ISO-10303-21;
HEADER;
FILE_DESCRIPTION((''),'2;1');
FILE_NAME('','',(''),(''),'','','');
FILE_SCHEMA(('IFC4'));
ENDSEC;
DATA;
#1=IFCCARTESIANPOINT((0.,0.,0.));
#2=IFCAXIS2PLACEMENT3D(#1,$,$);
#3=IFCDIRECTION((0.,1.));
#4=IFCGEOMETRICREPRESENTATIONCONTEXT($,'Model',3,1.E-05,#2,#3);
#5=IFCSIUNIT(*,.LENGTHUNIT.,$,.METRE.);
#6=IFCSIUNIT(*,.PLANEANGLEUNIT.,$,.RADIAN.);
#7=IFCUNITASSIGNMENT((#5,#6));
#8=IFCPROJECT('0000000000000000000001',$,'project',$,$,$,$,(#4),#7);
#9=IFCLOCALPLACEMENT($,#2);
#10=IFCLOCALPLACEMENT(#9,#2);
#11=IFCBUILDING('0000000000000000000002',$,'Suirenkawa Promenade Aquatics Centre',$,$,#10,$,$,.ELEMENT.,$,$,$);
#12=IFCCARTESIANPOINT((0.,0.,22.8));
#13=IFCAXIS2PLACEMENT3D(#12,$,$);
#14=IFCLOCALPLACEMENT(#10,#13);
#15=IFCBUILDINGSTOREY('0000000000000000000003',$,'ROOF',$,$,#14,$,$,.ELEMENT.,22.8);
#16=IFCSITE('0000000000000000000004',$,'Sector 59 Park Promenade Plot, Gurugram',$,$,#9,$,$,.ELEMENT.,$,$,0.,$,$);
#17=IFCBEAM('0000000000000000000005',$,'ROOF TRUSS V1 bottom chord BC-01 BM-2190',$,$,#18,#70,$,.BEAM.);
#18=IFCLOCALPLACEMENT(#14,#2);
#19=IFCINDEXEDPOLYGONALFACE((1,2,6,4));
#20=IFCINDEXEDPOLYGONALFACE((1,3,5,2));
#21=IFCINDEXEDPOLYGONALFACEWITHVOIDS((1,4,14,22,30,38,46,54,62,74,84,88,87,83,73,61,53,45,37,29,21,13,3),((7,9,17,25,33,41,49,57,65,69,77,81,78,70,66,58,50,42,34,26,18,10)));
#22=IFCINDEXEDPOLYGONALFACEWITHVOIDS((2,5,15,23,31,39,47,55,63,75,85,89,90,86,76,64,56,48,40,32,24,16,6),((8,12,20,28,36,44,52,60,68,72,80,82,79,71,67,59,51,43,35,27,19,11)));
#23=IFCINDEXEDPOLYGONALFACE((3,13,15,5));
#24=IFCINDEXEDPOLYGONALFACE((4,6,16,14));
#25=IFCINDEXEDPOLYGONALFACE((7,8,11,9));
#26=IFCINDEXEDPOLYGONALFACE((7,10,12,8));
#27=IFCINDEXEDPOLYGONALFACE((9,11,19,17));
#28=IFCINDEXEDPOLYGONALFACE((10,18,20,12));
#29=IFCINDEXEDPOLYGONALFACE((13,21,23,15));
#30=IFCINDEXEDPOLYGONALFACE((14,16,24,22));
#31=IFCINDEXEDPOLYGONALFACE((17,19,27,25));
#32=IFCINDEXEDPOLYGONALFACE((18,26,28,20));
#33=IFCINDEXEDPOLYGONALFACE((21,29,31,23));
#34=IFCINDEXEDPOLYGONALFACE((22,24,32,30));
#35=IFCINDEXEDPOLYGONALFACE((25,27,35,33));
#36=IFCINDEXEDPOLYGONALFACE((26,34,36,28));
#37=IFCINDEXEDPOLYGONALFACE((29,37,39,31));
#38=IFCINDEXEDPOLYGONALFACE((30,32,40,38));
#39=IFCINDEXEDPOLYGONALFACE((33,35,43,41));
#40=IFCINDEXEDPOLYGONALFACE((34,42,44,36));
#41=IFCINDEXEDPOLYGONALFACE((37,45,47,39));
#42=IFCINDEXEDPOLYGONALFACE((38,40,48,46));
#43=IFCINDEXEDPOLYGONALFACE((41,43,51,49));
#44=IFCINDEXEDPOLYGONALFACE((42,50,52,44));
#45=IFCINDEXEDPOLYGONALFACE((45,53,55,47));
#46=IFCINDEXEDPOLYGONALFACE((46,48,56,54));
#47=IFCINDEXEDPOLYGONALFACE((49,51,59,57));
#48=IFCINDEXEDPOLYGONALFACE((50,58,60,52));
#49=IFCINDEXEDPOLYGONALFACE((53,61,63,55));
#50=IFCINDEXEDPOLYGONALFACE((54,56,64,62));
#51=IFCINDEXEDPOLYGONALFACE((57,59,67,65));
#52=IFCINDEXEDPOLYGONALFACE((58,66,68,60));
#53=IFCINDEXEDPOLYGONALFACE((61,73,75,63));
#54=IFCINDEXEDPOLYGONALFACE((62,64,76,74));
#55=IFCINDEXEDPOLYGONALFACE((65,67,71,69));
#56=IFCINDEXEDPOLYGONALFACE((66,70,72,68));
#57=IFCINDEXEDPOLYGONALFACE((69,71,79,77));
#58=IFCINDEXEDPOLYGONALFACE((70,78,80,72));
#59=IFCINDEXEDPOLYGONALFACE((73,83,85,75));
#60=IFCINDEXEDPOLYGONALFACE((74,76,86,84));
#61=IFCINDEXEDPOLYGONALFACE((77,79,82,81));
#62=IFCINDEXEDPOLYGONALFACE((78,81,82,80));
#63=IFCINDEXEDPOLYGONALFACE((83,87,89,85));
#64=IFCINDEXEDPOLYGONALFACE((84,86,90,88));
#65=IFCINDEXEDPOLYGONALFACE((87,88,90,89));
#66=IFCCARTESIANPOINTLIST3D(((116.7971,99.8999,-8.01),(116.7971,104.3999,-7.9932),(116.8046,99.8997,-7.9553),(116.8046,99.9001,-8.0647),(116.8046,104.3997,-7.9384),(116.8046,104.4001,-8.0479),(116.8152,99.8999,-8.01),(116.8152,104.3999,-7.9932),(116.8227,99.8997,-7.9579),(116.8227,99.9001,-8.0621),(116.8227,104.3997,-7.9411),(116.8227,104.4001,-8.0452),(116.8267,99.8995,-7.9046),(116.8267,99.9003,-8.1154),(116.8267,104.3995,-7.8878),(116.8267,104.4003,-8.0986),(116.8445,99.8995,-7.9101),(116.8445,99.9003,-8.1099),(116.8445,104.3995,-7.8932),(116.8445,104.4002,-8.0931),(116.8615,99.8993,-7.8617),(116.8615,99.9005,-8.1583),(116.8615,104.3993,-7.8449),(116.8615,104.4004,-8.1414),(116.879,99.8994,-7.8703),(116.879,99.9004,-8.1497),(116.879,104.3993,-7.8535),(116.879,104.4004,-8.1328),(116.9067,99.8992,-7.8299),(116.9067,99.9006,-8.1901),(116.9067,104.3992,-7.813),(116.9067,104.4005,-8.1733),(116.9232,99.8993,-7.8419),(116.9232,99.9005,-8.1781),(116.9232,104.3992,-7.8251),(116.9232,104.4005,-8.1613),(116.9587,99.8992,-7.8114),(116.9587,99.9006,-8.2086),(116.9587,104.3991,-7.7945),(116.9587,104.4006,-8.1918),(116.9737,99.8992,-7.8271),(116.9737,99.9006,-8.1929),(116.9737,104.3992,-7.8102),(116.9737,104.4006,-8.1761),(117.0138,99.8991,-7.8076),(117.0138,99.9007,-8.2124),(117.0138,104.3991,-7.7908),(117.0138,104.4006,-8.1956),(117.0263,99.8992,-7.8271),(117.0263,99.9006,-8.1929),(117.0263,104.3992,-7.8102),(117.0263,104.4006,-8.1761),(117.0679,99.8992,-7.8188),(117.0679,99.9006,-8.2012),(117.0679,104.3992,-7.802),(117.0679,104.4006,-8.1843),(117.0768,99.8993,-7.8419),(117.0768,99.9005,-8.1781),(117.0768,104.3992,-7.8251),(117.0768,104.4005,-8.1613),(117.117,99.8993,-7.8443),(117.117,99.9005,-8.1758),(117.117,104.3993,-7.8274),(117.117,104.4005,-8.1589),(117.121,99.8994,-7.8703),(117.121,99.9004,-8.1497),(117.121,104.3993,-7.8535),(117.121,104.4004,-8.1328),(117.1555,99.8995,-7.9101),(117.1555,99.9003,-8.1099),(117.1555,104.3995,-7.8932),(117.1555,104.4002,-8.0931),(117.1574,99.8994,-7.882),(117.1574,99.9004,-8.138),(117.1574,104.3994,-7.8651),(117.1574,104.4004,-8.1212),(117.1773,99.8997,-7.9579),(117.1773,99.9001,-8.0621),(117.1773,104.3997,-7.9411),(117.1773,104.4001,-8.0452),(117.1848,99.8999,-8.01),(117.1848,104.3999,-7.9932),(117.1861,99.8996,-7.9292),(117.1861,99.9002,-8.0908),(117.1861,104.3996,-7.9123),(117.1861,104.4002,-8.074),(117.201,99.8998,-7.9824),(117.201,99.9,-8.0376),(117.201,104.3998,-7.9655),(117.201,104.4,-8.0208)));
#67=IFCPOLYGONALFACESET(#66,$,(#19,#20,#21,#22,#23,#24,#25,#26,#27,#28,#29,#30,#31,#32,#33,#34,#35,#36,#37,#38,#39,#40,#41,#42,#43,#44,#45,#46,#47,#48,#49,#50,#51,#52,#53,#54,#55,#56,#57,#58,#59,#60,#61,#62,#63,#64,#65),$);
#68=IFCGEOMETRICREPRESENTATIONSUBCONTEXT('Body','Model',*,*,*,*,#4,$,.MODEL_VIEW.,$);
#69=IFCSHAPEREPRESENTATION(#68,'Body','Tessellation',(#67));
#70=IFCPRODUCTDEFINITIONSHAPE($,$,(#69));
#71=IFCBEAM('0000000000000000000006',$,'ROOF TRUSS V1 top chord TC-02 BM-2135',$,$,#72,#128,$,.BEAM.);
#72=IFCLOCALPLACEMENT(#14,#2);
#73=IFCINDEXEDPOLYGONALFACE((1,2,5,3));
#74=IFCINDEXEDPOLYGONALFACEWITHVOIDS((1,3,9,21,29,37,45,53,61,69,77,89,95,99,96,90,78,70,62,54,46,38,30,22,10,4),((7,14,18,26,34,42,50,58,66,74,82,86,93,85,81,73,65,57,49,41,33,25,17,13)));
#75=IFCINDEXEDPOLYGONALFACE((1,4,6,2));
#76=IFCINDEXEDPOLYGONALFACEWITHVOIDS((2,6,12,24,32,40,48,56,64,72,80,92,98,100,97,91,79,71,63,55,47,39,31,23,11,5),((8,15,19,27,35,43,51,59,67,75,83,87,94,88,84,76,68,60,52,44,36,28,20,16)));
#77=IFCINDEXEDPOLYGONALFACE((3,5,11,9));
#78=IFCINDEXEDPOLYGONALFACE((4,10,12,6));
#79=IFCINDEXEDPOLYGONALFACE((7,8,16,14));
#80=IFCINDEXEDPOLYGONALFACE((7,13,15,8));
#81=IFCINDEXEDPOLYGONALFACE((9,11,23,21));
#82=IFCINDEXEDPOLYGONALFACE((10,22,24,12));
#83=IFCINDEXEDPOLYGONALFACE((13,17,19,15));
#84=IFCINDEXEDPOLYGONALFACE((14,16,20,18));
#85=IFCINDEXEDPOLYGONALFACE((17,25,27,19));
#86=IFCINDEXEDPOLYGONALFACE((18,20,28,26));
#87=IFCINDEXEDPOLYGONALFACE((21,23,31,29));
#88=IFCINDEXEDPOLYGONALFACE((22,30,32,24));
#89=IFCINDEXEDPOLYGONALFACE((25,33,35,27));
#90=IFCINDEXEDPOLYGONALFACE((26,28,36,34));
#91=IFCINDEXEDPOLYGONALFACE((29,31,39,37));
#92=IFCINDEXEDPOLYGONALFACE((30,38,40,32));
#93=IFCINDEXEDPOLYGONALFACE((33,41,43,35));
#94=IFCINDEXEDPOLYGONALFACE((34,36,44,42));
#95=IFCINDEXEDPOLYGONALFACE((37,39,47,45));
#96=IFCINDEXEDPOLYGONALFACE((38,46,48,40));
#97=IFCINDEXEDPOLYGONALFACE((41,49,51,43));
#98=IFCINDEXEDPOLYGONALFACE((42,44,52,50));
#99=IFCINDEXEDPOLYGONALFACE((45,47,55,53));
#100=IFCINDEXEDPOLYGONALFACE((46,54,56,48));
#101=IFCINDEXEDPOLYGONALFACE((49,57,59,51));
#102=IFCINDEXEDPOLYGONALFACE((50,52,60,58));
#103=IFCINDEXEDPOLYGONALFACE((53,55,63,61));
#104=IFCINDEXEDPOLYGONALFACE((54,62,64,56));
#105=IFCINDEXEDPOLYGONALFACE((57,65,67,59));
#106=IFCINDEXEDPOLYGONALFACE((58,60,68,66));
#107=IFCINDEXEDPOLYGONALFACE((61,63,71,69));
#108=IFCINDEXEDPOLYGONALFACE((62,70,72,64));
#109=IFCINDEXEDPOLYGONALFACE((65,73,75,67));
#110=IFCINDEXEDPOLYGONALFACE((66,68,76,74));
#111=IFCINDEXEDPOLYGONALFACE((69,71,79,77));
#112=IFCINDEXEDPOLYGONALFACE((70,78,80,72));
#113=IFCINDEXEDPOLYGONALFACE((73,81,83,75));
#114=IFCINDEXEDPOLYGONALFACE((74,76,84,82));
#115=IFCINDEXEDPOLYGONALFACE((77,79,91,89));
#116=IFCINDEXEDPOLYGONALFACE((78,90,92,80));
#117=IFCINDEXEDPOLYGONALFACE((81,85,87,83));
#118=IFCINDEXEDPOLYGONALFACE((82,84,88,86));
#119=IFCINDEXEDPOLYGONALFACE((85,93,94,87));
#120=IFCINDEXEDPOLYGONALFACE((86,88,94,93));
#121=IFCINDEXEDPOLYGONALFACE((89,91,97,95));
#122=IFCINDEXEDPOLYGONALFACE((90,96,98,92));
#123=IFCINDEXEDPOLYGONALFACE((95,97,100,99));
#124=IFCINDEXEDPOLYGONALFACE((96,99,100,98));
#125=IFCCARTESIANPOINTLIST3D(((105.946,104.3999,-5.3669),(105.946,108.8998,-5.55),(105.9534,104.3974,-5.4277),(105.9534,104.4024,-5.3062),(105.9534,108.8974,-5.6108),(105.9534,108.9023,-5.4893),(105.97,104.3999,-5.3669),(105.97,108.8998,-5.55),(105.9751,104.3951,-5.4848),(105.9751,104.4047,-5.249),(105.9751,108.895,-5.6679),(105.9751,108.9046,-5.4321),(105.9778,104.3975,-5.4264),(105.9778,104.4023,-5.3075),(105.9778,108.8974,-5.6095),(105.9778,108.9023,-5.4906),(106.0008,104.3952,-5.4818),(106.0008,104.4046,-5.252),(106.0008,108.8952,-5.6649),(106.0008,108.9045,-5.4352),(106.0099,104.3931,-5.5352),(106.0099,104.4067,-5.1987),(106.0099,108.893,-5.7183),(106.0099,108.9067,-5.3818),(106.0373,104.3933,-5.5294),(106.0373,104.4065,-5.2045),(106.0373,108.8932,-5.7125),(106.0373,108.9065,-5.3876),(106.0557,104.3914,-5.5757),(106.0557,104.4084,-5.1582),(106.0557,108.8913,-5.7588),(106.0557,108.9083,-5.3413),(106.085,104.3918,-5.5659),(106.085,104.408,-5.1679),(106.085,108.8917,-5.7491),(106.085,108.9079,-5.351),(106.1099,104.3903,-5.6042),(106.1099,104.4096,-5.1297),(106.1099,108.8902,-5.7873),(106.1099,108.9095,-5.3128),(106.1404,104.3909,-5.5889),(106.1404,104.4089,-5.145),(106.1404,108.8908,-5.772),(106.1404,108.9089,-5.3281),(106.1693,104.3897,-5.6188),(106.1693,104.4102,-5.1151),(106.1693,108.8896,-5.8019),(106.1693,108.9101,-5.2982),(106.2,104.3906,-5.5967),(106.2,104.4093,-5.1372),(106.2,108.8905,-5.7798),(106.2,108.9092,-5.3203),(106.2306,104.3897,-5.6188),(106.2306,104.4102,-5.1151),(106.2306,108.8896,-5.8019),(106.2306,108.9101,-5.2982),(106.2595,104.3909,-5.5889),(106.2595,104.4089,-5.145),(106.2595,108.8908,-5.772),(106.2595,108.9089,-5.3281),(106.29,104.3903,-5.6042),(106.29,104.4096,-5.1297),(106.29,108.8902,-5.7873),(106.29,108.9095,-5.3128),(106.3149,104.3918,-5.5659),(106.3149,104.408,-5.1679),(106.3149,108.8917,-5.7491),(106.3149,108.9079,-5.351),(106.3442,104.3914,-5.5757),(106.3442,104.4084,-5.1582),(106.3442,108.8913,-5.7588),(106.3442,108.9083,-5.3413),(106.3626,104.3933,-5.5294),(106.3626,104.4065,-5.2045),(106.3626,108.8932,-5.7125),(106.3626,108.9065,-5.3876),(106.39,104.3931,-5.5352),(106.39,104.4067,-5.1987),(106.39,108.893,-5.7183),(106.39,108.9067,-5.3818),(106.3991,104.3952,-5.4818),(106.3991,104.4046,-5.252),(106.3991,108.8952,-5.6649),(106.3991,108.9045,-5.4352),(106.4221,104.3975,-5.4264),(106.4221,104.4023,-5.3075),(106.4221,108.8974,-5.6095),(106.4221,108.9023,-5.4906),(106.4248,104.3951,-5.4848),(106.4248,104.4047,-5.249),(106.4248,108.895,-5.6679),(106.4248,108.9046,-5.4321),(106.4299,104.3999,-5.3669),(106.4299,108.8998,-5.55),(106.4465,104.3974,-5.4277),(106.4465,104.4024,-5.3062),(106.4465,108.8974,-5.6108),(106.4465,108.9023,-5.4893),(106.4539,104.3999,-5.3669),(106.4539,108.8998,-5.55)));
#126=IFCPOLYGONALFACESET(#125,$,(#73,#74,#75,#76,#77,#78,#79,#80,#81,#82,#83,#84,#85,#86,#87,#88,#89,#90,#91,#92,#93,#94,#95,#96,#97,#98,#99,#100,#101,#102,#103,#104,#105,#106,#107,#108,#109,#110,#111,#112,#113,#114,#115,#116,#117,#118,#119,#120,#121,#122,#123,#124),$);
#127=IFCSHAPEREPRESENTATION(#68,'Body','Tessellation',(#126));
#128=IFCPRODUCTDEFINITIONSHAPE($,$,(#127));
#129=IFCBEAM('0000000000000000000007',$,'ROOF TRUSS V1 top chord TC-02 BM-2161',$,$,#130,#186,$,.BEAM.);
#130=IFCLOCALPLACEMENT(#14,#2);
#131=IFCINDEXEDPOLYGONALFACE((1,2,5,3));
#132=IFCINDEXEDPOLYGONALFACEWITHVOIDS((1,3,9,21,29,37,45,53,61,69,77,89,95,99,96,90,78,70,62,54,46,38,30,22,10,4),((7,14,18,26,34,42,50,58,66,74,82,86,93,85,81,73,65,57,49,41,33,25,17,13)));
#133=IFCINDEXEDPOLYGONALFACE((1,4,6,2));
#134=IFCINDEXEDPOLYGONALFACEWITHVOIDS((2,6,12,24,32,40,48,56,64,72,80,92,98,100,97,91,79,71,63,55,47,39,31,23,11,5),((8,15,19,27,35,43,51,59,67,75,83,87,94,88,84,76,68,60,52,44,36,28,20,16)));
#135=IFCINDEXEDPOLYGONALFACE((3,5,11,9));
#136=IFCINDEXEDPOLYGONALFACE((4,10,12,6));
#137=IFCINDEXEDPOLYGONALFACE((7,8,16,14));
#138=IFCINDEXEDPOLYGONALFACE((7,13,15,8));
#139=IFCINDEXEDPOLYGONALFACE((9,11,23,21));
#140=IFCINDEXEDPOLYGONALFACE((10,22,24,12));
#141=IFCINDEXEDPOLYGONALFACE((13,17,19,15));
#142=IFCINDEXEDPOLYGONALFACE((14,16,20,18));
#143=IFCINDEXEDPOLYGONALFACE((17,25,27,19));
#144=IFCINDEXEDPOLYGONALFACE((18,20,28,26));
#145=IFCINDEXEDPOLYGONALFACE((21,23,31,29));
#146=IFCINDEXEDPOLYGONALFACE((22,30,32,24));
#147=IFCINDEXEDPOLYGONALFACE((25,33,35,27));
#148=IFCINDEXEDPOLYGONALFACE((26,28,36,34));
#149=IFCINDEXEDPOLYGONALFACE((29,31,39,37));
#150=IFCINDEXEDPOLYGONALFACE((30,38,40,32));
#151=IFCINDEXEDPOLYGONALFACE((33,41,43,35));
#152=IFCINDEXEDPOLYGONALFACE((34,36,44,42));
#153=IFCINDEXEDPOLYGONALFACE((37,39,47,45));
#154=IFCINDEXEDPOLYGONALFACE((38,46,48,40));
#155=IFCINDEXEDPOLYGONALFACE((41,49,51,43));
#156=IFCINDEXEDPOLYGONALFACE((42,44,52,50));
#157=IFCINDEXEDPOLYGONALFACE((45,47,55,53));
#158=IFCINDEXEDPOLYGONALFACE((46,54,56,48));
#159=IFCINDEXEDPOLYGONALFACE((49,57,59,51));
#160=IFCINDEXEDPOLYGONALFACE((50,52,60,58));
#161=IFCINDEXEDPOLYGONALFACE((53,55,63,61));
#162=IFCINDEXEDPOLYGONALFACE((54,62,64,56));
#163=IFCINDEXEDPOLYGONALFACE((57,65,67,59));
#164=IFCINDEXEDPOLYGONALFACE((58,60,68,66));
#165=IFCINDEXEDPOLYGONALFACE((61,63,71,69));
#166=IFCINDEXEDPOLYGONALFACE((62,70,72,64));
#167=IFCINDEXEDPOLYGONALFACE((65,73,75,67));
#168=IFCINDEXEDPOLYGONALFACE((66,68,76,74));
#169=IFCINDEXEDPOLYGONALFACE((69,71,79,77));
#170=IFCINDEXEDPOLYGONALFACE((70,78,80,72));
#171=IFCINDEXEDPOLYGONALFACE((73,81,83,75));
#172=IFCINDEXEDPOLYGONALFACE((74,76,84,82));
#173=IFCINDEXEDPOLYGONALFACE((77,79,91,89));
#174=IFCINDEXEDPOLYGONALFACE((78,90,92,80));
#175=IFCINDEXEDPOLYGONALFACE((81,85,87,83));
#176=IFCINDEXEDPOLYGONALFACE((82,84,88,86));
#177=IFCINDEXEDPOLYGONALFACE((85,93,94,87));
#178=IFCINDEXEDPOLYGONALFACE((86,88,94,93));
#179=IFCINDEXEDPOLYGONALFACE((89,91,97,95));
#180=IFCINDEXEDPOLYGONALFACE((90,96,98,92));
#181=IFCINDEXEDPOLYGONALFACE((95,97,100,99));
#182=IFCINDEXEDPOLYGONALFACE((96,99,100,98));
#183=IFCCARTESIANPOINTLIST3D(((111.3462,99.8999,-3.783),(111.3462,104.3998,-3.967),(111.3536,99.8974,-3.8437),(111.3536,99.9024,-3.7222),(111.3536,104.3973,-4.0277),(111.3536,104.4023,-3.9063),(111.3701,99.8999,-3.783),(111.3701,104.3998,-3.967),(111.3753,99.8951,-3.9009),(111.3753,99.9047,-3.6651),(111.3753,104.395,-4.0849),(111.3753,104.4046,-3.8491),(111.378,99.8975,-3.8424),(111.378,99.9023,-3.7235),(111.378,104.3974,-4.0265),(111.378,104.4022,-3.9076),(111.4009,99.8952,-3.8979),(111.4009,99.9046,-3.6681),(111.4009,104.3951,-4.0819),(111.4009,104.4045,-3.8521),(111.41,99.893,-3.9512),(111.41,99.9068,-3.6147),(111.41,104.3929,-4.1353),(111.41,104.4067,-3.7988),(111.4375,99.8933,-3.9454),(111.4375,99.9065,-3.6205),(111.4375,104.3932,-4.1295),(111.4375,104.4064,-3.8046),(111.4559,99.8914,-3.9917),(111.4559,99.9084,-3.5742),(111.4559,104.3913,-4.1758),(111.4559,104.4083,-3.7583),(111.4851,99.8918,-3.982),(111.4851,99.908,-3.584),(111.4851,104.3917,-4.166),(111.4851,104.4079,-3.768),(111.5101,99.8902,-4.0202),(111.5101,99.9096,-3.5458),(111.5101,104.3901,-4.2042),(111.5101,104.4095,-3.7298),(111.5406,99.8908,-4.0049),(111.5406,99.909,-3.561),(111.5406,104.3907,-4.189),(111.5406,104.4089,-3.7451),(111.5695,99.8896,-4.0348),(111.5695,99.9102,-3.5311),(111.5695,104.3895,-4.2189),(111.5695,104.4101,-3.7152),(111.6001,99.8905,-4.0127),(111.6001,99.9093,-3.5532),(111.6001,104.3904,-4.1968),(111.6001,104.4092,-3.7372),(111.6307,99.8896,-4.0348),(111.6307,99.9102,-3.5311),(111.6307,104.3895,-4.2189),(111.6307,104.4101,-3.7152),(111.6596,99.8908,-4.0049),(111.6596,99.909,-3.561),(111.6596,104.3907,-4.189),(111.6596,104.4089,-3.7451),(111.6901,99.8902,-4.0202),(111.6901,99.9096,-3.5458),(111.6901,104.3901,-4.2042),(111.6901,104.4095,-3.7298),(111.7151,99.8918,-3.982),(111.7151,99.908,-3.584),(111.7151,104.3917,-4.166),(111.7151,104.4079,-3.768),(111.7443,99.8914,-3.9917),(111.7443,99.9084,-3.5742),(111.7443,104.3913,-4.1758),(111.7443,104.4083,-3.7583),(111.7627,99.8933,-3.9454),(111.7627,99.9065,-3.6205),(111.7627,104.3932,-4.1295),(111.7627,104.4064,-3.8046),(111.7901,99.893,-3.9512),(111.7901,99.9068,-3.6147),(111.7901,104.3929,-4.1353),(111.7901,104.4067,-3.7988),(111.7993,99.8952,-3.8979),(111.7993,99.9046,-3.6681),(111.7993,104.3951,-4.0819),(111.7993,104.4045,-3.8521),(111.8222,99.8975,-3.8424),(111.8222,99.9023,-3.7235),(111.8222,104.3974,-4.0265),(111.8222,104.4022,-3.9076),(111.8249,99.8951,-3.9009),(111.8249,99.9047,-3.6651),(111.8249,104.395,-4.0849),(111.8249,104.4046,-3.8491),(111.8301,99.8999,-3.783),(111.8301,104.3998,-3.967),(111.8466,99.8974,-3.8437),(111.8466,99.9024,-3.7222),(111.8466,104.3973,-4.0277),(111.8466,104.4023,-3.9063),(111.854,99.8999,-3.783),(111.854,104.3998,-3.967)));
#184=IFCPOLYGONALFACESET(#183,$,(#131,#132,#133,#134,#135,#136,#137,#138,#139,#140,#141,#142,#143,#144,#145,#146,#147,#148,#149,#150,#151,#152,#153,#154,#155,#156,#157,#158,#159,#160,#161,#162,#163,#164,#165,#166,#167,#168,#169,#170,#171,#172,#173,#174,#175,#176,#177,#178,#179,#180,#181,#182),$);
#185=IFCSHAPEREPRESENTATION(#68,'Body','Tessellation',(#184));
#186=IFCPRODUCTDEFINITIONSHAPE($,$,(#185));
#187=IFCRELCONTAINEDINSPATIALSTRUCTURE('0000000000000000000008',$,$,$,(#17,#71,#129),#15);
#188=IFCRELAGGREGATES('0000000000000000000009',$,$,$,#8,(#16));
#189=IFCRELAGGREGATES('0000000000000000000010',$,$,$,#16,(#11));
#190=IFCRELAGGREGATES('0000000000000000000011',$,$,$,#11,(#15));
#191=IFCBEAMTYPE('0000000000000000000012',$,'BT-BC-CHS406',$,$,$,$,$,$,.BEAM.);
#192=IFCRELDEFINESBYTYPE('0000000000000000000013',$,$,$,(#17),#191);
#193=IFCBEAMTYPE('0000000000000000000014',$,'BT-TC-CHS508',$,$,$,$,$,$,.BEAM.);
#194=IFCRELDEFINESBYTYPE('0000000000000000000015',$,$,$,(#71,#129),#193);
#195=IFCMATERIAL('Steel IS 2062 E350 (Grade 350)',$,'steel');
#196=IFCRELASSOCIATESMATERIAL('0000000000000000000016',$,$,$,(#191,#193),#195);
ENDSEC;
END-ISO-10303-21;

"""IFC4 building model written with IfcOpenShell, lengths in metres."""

from ifc_helpers import new_model, si_unit, direction, frame, origin, origin_2d, place, context, subcontext, project, spatial, hollow_circle, extrude, material, material_profile, profile_set, type_object, element, save


model = new_model("IFC4")

# Units and contexts
model_context = context("Model", 3, precision=1e-05, world=origin(), true_north=direction((0.0, 1.0)))
body_context = subcontext(model_context, "Body", "Model", "MODEL_VIEW")
ifc_project = project(units=[si_unit("LENGTHUNIT", "METRE"), si_unit("PLANEANGLEUNIT", "RADIAN")], contexts=[model_context])

# Site, building, storey
site_placement = place(None, origin())
site = spatial("IfcSite", under=ifc_project, at=site_placement, Name="Sector 59 Park Promenade Plot, Gurugram", CompositionType="ELEMENT", RefElevation=0.0)
building_placement = place(site_placement, origin())
building = spatial("IfcBuilding", under=site, at=building_placement, Name="Suirenkawa Promenade Aquatics Centre", CompositionType="ELEMENT")
storey_placement = place(building_placement, frame((0.0, 0.0, 22.8)))
storey = spatial("IfcBuildingStorey", under=building, at=storey_placement, Name="ROOF", CompositionType="ELEMENT", Elevation=22.8)

# Beams
ifc_material = material(Name="Steel IS 2062 E350 (Grade 350)", Category="steel")
ifc_material_profile_1 = material_profile(ifc_material, hollow_circle(Radius=0.2029, WallThickness=0.0181, at=origin_2d()), Name="CHS 406x18", Category="steel")
ifc_profile_set_1 = profile_set([ifc_material_profile_1], Name="Steel IS 2062 E350 (Grade 350)")
beam_type_1 = type_object("IfcBeamType", Name="BT-BC-CHS406", PredefinedType="BEAM", material=ifc_profile_set_1)
beam_1_placement = place(storey_placement, frame((117.0, 99.8999, -8.01), z_axis=(0.0, 0.999993, 0.003743), x_axis=(-1.0, 0.0, 0.0)))
element("IfcBeam", 1, at=beam_1_placement, inside=storey, type_object=beam_type_1, Name="ROOF TRUSS V1 bottom chord BC-01 BM-2190", PredefinedType="BEAM", context=body_context, shape_type="SweptSolid", body=[
    extrude(hollow_circle(Radius=0.2029, WallThickness=0.0181, at=origin_2d()), origin(), (0.0, 0.0, 1.0), 4.5),
])
ifc_material_profile_2 = material_profile(ifc_material, hollow_circle(Radius=0.2539, WallThickness=0.0239, at=origin_2d()), Name="CHS 508x24", Category="steel")
ifc_profile_set_2 = profile_set([ifc_material_profile_2], Name="Steel IS 2062 E350 (Grade 350)")
beam_type_2 = type_object("IfcBeamType", Name="BT-TC-CHS508", PredefinedType="BEAM", material=ifc_profile_set_2)
for number, where, z_axis, x_axis, name in (
    (2, (106.2, 104.3999, -5.3669), (0.0, 0.999173, -0.040656), (-1.0, 0.0, 0.0), "ROOF TRUSS V1 top chord TC-02 BM-2135"),
    (3, (111.6001, 99.8999, -3.783), (0.0, 0.999164, -0.040873), (-1.0, 0.0, 0.0), "ROOF TRUSS V1 top chord TC-02 BM-2161"),
):
    element("IfcBeam", number, at=place(storey_placement, frame(where, z_axis=z_axis, x_axis=x_axis)), inside=storey, type_object=beam_type_2, Name=name, PredefinedType="BEAM", context=body_context, shape_type="SweptSolid", body=[
        extrude(hollow_circle(Radius=0.2539, WallThickness=0.0239, at=origin_2d()), origin(), (0.0, 0.0, 1.0), 4.5037),
    ])

save(model, "model.ifc")
